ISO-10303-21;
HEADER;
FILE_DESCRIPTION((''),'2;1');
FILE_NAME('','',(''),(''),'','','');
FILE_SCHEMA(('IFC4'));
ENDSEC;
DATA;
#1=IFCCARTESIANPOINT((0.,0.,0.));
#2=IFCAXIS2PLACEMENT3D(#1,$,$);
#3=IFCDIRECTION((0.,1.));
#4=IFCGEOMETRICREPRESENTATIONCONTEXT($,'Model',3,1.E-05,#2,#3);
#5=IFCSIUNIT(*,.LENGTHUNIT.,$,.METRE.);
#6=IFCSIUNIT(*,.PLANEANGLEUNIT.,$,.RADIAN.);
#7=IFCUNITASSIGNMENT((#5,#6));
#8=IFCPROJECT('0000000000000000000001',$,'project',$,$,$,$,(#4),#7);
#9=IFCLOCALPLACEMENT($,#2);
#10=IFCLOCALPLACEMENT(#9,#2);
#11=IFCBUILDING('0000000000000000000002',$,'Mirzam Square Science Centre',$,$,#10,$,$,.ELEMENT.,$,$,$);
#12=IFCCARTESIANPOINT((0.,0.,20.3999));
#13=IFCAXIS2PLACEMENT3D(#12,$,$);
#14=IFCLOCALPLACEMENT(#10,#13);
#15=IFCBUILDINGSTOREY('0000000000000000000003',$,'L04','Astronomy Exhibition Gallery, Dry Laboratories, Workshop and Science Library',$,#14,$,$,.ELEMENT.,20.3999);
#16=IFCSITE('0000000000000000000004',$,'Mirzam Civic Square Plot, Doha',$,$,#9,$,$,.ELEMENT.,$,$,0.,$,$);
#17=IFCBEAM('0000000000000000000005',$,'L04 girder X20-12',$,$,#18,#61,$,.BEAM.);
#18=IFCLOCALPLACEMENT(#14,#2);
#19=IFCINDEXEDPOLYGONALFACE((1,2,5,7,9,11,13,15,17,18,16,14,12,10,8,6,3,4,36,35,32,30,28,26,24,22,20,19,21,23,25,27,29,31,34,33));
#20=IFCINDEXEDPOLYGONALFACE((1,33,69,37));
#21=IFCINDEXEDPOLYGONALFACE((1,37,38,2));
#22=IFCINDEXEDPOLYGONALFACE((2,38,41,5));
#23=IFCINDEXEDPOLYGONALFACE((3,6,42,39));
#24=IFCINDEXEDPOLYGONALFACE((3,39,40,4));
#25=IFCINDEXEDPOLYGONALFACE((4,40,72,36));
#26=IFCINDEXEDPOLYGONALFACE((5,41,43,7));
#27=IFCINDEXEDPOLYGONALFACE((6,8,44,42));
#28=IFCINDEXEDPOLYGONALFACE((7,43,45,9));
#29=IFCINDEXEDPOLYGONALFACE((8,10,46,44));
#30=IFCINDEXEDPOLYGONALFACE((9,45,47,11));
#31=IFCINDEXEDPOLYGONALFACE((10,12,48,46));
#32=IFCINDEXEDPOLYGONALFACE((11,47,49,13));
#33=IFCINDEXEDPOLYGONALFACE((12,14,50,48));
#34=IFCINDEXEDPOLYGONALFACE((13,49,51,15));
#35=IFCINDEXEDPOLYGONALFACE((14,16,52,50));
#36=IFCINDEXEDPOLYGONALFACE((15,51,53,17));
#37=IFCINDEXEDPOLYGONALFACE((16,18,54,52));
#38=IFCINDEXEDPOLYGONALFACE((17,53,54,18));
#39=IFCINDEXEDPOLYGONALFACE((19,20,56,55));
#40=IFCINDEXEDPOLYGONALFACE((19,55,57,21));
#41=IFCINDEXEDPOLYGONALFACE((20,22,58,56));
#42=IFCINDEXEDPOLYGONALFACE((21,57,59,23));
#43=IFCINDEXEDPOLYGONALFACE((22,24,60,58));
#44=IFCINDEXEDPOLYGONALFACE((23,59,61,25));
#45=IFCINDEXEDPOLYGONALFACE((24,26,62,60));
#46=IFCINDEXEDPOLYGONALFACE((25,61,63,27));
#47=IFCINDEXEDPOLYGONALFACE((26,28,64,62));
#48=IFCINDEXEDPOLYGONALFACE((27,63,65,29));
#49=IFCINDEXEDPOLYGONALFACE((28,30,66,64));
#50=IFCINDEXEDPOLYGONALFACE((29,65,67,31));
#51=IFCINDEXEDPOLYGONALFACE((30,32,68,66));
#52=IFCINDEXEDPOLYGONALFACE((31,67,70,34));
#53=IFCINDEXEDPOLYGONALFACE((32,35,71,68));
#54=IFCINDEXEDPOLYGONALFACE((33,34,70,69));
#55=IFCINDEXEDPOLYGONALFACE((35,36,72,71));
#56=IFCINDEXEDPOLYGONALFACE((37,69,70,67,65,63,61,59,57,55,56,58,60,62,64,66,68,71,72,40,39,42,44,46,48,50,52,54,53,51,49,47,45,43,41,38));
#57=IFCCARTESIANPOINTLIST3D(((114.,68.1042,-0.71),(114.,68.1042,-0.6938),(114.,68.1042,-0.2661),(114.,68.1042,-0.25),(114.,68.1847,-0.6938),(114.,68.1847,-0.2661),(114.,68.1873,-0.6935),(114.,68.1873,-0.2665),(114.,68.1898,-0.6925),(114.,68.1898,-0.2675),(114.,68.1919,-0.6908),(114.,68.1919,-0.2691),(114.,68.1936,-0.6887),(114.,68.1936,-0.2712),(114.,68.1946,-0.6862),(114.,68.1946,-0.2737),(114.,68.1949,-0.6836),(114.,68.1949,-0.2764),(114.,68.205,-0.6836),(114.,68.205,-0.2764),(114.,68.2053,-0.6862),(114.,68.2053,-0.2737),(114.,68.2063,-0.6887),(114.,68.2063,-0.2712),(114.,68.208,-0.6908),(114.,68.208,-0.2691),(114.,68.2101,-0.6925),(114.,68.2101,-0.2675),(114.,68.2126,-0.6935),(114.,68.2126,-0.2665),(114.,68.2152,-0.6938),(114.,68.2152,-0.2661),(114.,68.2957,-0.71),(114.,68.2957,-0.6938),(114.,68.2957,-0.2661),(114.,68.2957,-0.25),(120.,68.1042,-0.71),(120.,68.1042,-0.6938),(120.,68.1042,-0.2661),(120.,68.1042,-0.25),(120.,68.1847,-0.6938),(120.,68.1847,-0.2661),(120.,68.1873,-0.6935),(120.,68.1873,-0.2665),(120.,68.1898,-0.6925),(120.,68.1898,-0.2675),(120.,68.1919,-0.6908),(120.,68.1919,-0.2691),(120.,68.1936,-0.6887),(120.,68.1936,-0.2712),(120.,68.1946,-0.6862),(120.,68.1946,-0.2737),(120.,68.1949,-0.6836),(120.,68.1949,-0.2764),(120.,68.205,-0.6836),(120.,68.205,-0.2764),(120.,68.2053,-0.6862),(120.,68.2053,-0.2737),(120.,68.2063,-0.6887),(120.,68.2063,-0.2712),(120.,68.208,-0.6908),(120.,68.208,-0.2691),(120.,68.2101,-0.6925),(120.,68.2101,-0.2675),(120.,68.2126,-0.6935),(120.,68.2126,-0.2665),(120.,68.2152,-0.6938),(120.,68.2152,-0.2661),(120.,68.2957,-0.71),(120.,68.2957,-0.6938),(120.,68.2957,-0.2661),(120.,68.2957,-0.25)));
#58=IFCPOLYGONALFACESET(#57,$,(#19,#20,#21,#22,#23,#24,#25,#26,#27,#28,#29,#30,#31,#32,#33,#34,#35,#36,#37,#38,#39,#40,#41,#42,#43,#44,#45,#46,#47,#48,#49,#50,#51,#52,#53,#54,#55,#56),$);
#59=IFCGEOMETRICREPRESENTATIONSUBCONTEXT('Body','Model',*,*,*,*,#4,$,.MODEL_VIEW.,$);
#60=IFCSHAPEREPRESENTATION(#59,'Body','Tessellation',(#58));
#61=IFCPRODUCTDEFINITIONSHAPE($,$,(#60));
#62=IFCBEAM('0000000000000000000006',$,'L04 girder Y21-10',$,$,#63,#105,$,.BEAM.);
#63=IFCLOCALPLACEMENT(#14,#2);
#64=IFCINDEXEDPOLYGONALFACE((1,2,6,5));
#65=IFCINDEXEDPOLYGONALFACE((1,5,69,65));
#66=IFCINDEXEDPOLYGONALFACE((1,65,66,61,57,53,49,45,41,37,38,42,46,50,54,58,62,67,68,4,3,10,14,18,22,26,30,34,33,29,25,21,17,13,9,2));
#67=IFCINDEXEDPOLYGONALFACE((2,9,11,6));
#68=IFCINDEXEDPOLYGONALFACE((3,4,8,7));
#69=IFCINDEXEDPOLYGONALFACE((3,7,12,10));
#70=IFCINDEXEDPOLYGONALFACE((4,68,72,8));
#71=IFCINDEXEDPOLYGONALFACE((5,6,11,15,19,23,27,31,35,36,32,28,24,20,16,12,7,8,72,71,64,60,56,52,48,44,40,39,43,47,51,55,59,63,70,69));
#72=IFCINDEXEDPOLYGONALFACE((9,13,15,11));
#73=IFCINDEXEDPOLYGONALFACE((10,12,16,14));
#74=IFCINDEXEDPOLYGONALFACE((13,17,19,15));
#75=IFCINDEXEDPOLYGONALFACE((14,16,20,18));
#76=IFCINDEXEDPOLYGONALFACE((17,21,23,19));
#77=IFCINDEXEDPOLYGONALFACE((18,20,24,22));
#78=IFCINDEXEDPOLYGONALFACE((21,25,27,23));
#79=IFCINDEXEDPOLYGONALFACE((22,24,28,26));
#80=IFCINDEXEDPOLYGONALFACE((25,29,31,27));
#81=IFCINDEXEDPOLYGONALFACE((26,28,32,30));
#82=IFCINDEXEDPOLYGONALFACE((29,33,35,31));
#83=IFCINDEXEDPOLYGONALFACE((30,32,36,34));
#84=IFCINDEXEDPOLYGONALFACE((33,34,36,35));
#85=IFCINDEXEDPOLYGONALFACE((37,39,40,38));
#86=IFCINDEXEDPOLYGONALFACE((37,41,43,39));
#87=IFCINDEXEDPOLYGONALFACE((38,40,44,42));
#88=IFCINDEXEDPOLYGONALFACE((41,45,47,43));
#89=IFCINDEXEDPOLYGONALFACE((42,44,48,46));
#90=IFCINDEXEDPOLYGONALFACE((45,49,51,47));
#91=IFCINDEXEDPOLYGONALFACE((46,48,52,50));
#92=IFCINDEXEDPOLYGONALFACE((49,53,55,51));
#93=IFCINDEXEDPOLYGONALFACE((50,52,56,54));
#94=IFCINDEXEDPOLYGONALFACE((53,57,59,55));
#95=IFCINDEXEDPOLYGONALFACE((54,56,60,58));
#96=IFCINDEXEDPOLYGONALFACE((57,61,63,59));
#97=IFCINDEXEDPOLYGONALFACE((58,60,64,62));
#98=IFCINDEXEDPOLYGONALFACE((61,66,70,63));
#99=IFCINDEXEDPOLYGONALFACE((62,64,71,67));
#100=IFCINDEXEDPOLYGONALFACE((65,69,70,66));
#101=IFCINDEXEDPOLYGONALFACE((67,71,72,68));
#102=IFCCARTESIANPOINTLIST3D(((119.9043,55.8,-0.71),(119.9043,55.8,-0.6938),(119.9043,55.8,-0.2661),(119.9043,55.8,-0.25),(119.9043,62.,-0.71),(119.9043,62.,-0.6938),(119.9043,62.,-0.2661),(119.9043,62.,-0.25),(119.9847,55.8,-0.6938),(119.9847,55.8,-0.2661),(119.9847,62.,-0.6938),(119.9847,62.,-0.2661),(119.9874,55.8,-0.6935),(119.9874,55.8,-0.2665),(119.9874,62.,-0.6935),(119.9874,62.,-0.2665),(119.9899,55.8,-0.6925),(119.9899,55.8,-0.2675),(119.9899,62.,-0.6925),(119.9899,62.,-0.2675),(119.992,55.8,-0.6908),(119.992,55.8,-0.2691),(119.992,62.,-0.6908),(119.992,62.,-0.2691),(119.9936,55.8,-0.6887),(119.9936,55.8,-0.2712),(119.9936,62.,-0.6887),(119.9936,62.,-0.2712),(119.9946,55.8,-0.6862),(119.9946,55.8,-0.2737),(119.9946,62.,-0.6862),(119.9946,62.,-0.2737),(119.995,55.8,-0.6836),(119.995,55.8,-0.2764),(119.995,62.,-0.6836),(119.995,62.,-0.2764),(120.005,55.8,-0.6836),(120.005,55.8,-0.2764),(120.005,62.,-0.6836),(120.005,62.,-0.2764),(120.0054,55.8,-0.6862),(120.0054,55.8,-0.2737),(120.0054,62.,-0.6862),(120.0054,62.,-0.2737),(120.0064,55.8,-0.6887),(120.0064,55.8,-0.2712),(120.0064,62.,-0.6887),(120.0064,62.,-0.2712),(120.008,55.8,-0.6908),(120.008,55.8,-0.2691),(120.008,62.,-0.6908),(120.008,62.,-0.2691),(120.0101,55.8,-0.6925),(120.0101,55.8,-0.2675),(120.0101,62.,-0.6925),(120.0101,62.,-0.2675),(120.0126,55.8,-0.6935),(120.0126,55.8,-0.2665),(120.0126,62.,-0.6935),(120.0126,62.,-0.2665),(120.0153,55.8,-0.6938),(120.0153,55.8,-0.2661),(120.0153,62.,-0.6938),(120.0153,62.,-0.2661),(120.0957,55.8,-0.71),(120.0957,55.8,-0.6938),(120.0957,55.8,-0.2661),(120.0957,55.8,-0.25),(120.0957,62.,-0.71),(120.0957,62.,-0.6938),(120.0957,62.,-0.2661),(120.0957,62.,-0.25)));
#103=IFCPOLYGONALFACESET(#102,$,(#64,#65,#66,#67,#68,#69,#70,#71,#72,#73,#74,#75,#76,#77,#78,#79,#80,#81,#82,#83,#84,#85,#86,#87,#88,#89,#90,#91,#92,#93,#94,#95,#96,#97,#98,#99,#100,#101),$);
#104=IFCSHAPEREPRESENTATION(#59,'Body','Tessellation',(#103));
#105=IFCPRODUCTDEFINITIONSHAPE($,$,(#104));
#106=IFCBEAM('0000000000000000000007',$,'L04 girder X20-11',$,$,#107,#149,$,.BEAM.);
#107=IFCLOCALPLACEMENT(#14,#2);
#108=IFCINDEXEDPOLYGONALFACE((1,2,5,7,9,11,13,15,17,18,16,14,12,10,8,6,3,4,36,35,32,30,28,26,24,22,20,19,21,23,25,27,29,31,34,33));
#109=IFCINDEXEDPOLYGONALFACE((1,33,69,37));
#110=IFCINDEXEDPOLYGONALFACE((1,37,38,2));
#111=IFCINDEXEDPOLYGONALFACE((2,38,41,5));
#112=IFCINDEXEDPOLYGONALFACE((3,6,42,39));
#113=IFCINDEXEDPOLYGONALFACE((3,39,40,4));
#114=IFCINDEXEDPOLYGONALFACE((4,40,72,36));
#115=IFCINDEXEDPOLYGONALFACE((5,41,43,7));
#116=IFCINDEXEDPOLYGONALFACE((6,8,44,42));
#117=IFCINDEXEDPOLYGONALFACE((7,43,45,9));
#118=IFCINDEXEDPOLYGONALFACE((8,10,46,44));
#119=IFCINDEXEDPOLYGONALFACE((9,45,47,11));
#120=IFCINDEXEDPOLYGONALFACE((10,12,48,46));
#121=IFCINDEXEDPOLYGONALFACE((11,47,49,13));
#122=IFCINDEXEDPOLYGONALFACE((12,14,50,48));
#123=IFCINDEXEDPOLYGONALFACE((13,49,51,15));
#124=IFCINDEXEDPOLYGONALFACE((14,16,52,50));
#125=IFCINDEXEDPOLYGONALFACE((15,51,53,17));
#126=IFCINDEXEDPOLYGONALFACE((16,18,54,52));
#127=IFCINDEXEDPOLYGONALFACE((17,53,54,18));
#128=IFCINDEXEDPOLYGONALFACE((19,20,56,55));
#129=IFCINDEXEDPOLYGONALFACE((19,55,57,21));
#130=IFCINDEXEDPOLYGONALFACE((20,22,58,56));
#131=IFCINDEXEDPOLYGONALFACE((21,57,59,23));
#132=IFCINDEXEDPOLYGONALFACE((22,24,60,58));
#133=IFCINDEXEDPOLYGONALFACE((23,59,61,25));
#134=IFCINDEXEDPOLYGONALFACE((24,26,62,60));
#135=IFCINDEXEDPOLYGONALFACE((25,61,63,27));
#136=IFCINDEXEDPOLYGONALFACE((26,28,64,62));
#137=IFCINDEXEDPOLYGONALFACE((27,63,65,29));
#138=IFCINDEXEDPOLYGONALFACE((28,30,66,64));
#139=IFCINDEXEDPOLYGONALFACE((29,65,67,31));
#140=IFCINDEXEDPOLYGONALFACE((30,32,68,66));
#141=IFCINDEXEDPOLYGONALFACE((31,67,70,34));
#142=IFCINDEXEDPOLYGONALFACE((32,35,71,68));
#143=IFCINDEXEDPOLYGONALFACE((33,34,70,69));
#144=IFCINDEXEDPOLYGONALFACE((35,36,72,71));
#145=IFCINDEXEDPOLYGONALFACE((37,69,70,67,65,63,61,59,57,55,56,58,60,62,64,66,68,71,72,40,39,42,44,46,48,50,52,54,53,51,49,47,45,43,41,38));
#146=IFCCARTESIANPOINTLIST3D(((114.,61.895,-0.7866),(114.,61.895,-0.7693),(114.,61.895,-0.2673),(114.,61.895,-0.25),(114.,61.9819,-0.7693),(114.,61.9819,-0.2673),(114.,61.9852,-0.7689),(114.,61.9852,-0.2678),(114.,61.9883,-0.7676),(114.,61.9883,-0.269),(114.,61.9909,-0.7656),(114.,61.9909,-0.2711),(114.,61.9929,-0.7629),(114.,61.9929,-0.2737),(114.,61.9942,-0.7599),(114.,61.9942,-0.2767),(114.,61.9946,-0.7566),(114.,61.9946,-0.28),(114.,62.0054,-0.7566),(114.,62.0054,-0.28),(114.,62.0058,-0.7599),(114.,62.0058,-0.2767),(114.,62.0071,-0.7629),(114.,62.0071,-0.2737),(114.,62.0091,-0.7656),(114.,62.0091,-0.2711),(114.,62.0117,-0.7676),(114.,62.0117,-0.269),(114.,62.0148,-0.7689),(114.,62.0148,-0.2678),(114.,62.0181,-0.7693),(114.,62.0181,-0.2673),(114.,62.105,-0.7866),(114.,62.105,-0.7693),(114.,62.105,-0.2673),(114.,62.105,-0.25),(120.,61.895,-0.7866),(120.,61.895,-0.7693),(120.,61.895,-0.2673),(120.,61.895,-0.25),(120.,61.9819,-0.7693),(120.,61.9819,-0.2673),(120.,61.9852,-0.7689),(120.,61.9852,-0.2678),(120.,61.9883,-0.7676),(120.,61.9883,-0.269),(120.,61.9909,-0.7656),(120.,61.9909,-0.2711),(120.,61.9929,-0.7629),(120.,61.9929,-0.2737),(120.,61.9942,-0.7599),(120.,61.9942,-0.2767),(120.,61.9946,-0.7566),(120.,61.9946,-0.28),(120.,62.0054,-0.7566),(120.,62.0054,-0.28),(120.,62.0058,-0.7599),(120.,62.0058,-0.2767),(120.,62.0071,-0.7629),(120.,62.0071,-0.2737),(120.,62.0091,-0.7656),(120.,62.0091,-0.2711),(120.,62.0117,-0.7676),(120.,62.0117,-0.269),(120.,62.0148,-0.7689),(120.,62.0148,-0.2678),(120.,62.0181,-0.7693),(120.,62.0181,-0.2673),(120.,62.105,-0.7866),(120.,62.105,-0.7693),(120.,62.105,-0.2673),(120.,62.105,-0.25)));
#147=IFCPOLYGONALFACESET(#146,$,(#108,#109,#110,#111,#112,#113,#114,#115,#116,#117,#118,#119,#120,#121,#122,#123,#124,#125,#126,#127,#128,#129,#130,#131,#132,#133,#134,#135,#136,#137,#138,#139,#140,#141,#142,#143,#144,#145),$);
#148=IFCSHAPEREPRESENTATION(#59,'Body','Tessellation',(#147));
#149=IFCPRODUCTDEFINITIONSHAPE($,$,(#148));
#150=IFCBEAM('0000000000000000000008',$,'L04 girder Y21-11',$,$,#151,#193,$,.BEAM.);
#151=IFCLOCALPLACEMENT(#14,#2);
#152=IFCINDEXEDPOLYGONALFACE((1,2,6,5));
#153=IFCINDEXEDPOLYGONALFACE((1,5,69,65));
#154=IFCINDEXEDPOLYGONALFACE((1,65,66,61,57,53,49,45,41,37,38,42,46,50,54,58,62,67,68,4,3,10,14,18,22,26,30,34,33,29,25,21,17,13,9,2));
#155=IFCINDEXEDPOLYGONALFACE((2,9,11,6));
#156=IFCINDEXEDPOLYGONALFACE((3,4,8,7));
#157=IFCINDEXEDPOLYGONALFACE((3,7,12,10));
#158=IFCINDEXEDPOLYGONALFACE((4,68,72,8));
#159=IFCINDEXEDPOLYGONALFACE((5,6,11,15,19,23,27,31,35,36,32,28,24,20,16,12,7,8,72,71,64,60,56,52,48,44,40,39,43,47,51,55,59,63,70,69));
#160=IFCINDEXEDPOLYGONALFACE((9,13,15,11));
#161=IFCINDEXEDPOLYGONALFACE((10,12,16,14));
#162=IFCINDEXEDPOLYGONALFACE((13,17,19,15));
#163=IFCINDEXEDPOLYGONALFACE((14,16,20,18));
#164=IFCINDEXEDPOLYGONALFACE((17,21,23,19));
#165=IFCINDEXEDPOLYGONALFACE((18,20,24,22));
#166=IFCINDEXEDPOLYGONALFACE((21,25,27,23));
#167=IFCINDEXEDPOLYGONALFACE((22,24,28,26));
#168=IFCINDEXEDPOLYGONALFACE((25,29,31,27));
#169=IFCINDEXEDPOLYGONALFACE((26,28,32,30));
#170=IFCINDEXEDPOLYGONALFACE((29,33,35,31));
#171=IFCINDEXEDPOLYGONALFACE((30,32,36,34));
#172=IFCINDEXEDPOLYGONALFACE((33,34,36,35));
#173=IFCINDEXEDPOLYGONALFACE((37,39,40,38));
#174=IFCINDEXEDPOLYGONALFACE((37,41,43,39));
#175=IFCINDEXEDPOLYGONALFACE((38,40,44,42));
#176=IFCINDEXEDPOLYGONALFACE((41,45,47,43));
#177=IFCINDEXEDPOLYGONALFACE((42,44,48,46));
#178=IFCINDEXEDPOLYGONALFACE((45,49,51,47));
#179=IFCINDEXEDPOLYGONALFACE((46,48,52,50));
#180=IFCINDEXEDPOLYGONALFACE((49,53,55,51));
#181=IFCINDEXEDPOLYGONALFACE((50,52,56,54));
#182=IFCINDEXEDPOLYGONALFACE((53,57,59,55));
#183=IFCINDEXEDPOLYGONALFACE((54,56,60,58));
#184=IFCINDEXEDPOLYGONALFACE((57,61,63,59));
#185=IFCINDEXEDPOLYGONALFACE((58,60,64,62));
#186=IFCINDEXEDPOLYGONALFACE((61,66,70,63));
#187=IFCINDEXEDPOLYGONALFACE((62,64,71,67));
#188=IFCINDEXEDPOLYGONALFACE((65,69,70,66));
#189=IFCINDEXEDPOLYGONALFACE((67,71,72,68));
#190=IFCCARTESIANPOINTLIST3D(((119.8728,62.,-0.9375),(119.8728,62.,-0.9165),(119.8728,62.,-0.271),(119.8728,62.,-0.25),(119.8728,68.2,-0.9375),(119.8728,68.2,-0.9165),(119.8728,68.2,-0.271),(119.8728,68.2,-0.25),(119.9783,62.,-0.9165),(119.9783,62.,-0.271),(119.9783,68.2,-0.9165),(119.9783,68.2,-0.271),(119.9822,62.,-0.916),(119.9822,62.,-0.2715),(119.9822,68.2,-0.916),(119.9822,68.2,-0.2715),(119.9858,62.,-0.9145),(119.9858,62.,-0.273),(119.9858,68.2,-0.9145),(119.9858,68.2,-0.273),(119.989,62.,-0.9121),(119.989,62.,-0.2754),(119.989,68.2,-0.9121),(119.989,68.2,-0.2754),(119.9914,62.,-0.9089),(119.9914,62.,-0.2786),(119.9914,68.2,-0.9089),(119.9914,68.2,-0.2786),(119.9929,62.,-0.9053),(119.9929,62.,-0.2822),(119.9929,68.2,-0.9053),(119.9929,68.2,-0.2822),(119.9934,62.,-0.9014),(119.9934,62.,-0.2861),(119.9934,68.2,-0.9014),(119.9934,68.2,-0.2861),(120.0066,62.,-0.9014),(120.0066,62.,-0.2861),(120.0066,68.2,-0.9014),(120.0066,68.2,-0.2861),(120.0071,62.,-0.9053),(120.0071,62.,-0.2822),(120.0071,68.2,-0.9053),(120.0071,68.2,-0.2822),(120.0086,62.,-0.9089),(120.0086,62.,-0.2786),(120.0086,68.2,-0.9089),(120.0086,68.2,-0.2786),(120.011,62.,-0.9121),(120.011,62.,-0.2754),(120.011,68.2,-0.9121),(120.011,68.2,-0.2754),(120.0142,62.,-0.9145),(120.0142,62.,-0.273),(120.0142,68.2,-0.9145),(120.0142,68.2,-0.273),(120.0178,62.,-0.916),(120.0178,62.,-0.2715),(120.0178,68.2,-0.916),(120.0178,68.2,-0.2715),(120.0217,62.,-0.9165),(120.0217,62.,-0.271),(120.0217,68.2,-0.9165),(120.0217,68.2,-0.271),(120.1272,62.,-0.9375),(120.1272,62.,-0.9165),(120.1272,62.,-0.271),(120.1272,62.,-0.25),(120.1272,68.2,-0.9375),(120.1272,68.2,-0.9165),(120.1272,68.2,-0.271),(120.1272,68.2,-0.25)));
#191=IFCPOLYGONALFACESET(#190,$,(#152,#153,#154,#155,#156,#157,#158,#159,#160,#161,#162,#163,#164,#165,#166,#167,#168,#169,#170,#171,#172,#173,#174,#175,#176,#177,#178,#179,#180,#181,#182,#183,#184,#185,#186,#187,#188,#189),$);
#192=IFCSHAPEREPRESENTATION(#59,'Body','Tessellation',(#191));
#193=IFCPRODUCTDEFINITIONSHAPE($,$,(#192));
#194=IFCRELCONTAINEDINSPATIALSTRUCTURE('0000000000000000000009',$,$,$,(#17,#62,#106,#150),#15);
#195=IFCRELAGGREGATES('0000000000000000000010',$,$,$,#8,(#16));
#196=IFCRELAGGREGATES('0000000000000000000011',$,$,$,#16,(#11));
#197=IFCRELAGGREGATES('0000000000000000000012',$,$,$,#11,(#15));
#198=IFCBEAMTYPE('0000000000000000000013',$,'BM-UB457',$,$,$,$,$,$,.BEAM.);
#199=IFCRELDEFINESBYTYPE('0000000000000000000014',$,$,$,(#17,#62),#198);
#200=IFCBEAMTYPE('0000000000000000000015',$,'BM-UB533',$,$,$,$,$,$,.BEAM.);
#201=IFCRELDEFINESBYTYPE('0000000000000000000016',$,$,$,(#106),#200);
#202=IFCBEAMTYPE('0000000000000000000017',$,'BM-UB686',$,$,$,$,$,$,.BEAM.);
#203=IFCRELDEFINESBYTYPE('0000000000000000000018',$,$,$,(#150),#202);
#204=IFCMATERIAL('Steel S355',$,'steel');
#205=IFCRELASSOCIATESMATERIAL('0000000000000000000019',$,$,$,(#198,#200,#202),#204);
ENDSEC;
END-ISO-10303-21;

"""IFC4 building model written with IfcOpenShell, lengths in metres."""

from ifc_helpers import new_model, si_unit, direction, frame, origin, origin_2d, place, context, subcontext, project, spatial, i_section, extrude, material, material_profile, profile_set, type_object, element, save


model = new_model("IFC4")

# Units and contexts
model_context = context("Model", 3, precision=1e-05, world=origin(), true_north=direction((0.0, 1.0)))
body_context = subcontext(model_context, "Body", "Model", "MODEL_VIEW")
ifc_project = project(units=[si_unit("LENGTHUNIT", "METRE"), si_unit("PLANEANGLEUNIT", "RADIAN")], contexts=[model_context])

# Site, building, storey
site_placement = place(None, origin())
site = spatial("IfcSite", under=ifc_project, at=site_placement, Name="Mirzam Civic Square Plot, Doha", CompositionType="ELEMENT", RefElevation=0.0)
building_placement = place(site_placement, origin())
building = spatial("IfcBuilding", under=site, at=building_placement, Name="Mirzam Square Science Centre", CompositionType="ELEMENT")
storey_placement = place(building_placement, frame((0.0, 0.0, 20.3999)))
storey = spatial("IfcBuildingStorey", under=building, at=storey_placement, Name="L04", Description="Astronomy Exhibition Gallery, Dry Laboratories, Workshop and Science Library", CompositionType="ELEMENT", Elevation=20.3999)

# Shared definitions
ifc_material_1 = material(Name="Steel S355", Category="steel")

# Beams
ifc_material_profile_1 = material_profile(ifc_material_1, i_section(OverallWidth=0.1914, OverallDepth=0.46, WebThickness=0.01, FlangeThickness=0.0161, FilletRadius=0.0103, at=origin_2d()), Name="457x191x82UB")
ifc_profile_set_1 = profile_set([ifc_material_profile_1], Name="Steel S355")
beam_type_1 = type_object("IfcBeamType", Name="BM-UB457", PredefinedType="BEAM", material=ifc_profile_set_1)
for number, where, z_axis, x_axis, name in (
    (1, (114.0, 68.2, -0.48), (1.0, 0.0, 0.0), (0.0, 1.0, 0.0), "L04 girder X20-12"),
):
    element("IfcBeam", number, at=place(storey_placement, frame(where, z_axis=z_axis, x_axis=x_axis)), inside=storey, type_object=beam_type_1, Name=name, PredefinedType="BEAM", context=body_context, shape_type="SweptSolid", body=[
        extrude(i_section(OverallWidth=0.1914, OverallDepth=0.46, WebThickness=0.01, FlangeThickness=0.0161, FilletRadius=0.0103, at=origin_2d()), origin(), (0.0, 0.0, 1.0), 6.0),
    ])
beam_1_placement = place(storey_placement, frame((120.0, 55.8, -0.48), z_axis=(0.0, 1.0, 0.0), x_axis=(-1.0, 0.0, 0.0)))
element("IfcBeam", 2, at=beam_1_placement, inside=storey, type_object=beam_type_1, Name="L04 girder Y21-10", PredefinedType="BEAM", context=body_context, shape_type="SweptSolid", body=[
    extrude(i_section(OverallWidth=0.1914, OverallDepth=0.46, WebThickness=0.01, FlangeThickness=0.0161, FilletRadius=0.0103, at=origin_2d()), origin(), (0.0, 0.0, 1.0), 6.2),
])
ifc_material_profile_2 = material_profile(ifc_material_1, i_section(OverallWidth=0.21, OverallDepth=0.5366, WebThickness=0.0107, FlangeThickness=0.0173, FilletRadius=0.0127, at=origin_2d()), Name="533x210x101UB")
ifc_profile_set_2 = profile_set([ifc_material_profile_2], Name="Steel S355")
beam_type_2 = type_object("IfcBeamType", Name="BM-UB533", PredefinedType="BEAM", material=ifc_profile_set_2)
beam_2_placement = place(storey_placement, frame((114.0, 62.0, -0.5183), z_axis=(1.0, 0.0, 0.0), x_axis=(0.0, 1.0, 0.0)))
element("IfcBeam", 3, at=beam_2_placement, inside=storey, type_object=beam_type_2, Name="L04 girder X20-11", PredefinedType="BEAM", context=body_context, shape_type="SweptSolid", body=[
    extrude(i_section(OverallWidth=0.21, OverallDepth=0.5366, WebThickness=0.0107, FlangeThickness=0.0173, FilletRadius=0.0127, at=origin_2d()), origin(), (0.0, 0.0, 1.0), 6.0),
])
ifc_material_profile_3 = material_profile(ifc_material_1, i_section(OverallWidth=0.2544, OverallDepth=0.6875, WebThickness=0.0132, FlangeThickness=0.021, FilletRadius=0.0151, at=origin_2d()), Name="686x254x152UB")
ifc_profile_set_3 = profile_set([ifc_material_profile_3], Name="Steel S355")
beam_type_3 = type_object("IfcBeamType", Name="BM-UB686", PredefinedType="BEAM", material=ifc_profile_set_3)
for number, where, z_axis, x_axis, name in (
    (4, (120.0, 62.0, -0.5938), (0.0, 1.0, 0.0), (-1.0, 0.0, 0.0), "L04 girder Y21-11"),
):
    element("IfcBeam", number, at=place(storey_placement, frame(where, z_axis=z_axis, x_axis=x_axis)), inside=storey, type_object=beam_type_3, Name=name, PredefinedType="BEAM", context=body_context, shape_type="SweptSolid", body=[
        extrude(i_section(OverallWidth=0.2544, OverallDepth=0.6875, WebThickness=0.0132, FlangeThickness=0.021, FilletRadius=0.0151, at=origin_2d()), origin(), (0.0, 0.0, 1.0), 6.2),
    ])

save(model, "model.ifc")
